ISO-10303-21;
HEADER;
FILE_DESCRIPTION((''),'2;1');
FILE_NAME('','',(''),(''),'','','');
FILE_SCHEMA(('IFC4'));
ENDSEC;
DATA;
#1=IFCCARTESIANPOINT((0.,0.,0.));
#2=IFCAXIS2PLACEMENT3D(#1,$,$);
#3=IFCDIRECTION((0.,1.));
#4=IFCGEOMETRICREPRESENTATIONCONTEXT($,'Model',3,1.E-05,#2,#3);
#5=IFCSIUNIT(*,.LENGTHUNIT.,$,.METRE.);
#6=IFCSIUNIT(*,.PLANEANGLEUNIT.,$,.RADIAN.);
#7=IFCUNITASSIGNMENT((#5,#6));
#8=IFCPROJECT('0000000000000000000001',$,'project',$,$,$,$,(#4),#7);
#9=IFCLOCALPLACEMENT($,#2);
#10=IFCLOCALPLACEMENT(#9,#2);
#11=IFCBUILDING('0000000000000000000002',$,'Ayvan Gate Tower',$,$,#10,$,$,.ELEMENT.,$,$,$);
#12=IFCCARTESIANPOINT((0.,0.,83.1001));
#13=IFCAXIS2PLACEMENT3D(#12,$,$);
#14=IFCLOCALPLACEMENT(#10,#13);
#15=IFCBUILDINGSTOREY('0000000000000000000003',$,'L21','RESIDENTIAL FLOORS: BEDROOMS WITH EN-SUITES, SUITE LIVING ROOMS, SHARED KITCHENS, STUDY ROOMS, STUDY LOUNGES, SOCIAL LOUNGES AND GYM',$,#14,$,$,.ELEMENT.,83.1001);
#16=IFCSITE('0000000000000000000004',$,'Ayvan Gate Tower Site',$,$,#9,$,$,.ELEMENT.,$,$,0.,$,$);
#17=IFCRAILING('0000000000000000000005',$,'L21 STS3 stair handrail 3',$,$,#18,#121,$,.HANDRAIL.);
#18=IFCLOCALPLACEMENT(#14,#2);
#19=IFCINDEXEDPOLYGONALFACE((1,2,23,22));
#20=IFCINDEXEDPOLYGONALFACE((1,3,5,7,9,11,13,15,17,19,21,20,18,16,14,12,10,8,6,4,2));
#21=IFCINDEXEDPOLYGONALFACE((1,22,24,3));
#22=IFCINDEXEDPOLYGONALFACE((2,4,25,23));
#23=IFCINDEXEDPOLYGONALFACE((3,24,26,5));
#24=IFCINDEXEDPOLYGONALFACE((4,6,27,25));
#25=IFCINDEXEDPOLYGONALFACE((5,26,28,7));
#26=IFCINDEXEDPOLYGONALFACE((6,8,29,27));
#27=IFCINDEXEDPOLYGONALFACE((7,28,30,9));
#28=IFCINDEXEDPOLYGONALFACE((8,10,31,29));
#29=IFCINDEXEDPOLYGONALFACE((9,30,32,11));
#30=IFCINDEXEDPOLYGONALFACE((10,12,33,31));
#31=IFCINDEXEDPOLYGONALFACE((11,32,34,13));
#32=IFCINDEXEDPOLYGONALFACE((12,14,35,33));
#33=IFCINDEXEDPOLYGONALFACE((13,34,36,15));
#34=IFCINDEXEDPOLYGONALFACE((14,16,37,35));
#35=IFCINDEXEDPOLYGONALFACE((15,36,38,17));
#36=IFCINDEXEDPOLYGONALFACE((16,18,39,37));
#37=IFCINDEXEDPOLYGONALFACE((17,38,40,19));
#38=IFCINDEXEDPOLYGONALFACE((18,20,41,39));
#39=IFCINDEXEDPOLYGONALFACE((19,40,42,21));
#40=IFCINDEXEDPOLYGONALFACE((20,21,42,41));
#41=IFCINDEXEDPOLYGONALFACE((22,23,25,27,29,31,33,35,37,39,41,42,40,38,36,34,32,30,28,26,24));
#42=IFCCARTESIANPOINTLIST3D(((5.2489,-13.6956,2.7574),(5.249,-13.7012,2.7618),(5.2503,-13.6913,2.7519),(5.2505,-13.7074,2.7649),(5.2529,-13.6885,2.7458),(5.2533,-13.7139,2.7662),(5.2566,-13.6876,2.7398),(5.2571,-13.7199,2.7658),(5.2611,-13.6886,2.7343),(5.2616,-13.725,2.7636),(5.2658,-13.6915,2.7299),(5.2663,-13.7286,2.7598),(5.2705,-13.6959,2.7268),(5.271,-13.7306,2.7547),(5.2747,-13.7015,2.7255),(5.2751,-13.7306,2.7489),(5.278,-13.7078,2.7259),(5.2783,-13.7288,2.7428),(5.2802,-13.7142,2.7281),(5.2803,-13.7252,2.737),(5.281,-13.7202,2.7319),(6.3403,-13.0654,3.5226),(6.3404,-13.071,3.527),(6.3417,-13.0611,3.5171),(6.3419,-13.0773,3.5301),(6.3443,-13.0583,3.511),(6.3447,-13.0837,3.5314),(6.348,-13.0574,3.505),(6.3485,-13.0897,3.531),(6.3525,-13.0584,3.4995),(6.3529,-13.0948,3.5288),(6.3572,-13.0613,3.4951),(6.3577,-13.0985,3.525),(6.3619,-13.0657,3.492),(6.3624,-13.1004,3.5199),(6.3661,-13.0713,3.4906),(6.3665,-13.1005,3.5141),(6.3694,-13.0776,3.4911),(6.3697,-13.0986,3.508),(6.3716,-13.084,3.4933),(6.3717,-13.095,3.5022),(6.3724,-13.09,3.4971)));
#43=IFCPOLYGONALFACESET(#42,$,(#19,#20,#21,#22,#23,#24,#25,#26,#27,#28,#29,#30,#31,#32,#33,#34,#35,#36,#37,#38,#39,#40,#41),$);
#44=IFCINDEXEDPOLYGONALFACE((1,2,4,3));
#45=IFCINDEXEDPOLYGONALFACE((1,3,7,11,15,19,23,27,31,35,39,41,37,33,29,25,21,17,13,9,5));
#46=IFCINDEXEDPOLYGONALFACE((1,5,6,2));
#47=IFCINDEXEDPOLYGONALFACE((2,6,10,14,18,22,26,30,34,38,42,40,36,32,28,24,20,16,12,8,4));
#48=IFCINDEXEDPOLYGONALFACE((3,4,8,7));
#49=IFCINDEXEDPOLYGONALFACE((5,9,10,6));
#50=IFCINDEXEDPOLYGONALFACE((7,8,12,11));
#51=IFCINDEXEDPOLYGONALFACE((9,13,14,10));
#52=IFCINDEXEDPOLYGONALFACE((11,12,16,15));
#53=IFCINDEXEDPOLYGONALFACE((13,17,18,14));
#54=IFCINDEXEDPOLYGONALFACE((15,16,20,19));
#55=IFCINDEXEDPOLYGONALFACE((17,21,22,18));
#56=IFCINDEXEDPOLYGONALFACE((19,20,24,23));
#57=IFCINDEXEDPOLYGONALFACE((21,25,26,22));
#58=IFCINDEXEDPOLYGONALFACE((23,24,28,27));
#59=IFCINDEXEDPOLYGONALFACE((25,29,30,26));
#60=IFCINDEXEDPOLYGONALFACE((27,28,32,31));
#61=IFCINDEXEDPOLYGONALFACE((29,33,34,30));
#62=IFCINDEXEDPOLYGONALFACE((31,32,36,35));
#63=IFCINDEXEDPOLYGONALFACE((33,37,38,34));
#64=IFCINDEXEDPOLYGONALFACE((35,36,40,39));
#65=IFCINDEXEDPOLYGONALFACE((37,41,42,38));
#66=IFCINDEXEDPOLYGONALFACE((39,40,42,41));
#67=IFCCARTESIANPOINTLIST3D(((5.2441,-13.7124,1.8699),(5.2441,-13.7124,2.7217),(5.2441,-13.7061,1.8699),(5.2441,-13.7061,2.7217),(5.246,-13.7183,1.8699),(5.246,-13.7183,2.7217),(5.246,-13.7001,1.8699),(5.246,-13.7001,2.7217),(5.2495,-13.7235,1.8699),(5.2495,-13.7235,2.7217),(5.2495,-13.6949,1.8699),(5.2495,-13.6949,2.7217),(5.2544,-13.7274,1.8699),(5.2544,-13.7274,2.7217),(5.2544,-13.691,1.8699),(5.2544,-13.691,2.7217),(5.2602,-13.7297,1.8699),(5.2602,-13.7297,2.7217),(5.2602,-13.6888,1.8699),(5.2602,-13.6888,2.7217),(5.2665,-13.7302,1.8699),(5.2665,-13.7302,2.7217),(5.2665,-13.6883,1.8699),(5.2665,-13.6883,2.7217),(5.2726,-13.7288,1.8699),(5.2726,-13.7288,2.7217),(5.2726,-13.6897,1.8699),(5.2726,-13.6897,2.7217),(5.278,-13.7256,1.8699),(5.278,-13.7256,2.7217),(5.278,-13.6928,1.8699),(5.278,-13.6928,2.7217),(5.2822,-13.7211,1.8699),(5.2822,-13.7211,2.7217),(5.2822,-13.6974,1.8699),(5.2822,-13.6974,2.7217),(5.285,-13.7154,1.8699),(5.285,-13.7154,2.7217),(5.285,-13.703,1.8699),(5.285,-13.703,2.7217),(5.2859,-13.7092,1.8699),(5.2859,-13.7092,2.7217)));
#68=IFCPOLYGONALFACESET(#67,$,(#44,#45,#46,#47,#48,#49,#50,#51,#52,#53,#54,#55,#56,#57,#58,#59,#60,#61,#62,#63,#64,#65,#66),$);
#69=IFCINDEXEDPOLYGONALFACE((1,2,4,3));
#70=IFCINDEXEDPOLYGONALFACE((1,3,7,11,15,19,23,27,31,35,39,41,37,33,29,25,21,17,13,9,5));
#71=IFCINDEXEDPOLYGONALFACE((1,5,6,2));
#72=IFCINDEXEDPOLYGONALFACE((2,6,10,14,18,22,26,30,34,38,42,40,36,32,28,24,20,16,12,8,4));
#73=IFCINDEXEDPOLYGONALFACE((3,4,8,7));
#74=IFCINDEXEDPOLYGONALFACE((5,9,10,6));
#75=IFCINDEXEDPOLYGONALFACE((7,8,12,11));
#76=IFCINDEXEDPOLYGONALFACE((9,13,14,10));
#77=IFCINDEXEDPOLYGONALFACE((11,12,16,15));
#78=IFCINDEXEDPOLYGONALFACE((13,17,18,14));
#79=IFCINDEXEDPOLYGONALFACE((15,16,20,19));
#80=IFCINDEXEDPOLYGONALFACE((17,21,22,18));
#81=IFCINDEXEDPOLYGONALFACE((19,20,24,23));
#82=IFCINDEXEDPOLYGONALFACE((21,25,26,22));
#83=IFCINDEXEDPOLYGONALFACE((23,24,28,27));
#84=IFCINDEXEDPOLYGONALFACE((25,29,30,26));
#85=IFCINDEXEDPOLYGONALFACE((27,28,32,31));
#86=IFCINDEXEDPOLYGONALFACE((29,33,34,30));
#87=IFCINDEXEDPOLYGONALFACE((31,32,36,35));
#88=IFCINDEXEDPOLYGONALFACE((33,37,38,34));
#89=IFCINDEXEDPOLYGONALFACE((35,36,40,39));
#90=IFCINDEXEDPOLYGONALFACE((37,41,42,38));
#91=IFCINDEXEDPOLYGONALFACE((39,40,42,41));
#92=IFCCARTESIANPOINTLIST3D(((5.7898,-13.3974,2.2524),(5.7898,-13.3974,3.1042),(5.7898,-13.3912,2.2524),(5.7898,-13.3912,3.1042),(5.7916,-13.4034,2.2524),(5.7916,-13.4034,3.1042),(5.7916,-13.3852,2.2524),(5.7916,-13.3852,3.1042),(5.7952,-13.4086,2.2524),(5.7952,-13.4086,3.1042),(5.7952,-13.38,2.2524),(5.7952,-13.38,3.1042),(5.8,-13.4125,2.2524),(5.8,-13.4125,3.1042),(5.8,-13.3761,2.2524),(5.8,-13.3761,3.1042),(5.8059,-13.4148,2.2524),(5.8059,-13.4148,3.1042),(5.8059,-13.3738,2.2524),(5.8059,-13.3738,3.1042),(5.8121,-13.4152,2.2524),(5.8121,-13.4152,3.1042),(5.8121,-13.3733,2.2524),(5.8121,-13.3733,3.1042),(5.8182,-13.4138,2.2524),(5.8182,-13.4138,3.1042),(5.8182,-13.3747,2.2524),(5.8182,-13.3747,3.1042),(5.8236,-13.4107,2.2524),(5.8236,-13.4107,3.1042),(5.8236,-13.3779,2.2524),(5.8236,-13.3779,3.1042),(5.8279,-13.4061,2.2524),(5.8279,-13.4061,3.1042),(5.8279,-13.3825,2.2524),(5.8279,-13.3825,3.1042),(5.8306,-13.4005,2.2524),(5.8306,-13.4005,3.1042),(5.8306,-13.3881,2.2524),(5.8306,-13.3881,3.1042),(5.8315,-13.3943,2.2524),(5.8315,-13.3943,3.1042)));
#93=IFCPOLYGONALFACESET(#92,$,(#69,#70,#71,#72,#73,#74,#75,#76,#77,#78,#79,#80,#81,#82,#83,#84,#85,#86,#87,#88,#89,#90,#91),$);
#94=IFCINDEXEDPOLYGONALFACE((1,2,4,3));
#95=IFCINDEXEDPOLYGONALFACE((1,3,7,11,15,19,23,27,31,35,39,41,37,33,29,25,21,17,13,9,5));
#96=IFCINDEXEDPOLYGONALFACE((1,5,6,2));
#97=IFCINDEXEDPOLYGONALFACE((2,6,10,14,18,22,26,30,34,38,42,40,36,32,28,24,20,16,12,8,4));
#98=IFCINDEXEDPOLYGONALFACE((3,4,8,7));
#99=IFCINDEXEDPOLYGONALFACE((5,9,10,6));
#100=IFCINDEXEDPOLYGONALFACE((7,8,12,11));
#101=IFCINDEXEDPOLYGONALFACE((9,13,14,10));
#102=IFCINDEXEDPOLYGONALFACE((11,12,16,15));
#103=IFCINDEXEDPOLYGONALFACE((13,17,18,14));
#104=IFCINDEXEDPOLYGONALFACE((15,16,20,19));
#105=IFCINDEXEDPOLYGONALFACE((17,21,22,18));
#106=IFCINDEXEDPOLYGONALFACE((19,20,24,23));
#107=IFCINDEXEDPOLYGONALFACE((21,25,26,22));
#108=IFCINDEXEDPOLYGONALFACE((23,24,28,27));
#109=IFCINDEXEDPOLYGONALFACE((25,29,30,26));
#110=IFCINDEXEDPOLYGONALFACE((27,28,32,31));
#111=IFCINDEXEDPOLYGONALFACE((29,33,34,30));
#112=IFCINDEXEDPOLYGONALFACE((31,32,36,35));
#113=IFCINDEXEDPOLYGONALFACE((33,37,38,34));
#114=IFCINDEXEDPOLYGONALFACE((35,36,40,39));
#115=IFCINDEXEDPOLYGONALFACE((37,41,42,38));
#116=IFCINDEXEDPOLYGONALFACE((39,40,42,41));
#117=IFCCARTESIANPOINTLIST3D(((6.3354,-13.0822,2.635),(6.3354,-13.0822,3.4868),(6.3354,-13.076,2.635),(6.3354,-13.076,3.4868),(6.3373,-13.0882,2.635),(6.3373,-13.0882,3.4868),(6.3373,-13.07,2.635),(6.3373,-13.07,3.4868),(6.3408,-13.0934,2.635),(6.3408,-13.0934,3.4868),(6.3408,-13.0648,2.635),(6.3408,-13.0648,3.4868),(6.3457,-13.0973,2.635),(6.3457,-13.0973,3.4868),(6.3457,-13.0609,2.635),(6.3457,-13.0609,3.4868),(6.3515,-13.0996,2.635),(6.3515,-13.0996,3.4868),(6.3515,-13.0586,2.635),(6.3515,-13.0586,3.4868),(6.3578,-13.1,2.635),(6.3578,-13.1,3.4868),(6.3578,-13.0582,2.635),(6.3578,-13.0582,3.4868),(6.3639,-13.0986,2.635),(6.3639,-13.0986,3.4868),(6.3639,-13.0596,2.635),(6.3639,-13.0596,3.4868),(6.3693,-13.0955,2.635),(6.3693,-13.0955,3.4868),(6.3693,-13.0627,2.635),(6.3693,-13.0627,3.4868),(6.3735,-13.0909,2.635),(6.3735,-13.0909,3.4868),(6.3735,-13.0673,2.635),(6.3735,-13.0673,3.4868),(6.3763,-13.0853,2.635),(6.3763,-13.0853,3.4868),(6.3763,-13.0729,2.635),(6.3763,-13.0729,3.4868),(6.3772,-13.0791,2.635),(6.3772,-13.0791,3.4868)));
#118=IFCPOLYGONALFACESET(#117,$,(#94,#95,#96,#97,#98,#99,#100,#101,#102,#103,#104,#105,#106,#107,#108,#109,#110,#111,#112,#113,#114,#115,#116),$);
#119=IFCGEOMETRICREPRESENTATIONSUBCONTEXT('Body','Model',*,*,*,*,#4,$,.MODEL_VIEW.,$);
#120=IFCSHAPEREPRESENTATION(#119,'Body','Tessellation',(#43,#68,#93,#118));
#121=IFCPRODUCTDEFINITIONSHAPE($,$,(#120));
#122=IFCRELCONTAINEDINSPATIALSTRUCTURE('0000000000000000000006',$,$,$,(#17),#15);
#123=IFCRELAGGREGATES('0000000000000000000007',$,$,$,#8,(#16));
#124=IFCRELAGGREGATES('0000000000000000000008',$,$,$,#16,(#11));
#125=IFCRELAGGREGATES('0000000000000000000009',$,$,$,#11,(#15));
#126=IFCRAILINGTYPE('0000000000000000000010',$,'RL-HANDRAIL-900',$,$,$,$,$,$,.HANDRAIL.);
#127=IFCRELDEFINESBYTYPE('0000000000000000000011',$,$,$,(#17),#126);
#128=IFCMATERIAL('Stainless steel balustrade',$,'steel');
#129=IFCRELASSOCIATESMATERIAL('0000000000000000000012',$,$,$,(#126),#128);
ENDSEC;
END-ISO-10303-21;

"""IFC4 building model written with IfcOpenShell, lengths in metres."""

from ifc_helpers import new_model, si_unit, direction, frame, origin, origin_2d, place, context, subcontext, project, spatial, circle, extrude, material, type_object, element, save


model = new_model("IFC4")

# Units and contexts
model_context = context("Model", 3, precision=1e-05, world=origin(), true_north=direction((0.0, 1.0)))
body_context = subcontext(model_context, "Body", "Model", "MODEL_VIEW")
ifc_project = project(units=[si_unit("LENGTHUNIT", "METRE"), si_unit("PLANEANGLEUNIT", "RADIAN")], contexts=[model_context])

# Site, building, storey
site_placement = place(None, origin())
site = spatial("IfcSite", under=ifc_project, at=site_placement, Name="Ayvan Gate Tower Site", CompositionType="ELEMENT", RefElevation=0.0)
building_placement = place(site_placement, origin())
building = spatial("IfcBuilding", under=site, at=building_placement, Name="Ayvan Gate Tower", CompositionType="ELEMENT")
storey_placement = place(building_placement, frame((0.0, 0.0, 83.1001)))
storey = spatial("IfcBuildingStorey", under=building, at=storey_placement, Name="L21", Description="RESIDENTIAL FLOORS: BEDROOMS WITH EN-SUITES, SUITE LIVING ROOMS, SHARED KITCHENS, STUDY ROOMS, STUDY LOUNGES, SOCIAL LOUNGES AND GYM", CompositionType="ELEMENT", Elevation=83.1001)

# Railing
ifc_material_1 = material(Name="Stainless steel balustrade", Category="steel")
railing_type_1 = type_object("IfcRailingType", Name="RL-HANDRAIL-900", PredefinedType="HANDRAIL", material=ifc_material_1)
railing_1_placement = place(storey_placement, frame((5.2649, -13.7092, 1.8699)))
element("IfcRailing", 1, at=railing_1_placement, inside=storey, type_object=railing_type_1, Name="L21 STS3 stair handrail 3", PredefinedType="HANDRAIL", context=body_context, shape_type="SweptSolid", body=[
    extrude(circle(Radius=0.0239, at=origin_2d()), frame((0.0, 0.0, 0.876), z_axis=(0.740241, 0.427419, 0.518996), x_axis=(-0.500035, 0.866005, 0.0)), (0.0, 0.0, 1.0), 1.4744),
    extrude(circle(Radius=0.021, at=origin_2d()), origin(), (0.0, 0.0, 1.0), 0.8518),
    extrude(circle(Radius=0.021, at=origin_2d()), frame((0.5457, 0.3149, 0.3826)), (0.0, 0.0, 1.0), 0.8518),
    extrude(circle(Radius=0.021, at=origin_2d()), frame((1.0913, 0.6301, 0.7651)), (0.0, 0.0, 1.0), 0.8518),
])

save(model, "model.ifc")
